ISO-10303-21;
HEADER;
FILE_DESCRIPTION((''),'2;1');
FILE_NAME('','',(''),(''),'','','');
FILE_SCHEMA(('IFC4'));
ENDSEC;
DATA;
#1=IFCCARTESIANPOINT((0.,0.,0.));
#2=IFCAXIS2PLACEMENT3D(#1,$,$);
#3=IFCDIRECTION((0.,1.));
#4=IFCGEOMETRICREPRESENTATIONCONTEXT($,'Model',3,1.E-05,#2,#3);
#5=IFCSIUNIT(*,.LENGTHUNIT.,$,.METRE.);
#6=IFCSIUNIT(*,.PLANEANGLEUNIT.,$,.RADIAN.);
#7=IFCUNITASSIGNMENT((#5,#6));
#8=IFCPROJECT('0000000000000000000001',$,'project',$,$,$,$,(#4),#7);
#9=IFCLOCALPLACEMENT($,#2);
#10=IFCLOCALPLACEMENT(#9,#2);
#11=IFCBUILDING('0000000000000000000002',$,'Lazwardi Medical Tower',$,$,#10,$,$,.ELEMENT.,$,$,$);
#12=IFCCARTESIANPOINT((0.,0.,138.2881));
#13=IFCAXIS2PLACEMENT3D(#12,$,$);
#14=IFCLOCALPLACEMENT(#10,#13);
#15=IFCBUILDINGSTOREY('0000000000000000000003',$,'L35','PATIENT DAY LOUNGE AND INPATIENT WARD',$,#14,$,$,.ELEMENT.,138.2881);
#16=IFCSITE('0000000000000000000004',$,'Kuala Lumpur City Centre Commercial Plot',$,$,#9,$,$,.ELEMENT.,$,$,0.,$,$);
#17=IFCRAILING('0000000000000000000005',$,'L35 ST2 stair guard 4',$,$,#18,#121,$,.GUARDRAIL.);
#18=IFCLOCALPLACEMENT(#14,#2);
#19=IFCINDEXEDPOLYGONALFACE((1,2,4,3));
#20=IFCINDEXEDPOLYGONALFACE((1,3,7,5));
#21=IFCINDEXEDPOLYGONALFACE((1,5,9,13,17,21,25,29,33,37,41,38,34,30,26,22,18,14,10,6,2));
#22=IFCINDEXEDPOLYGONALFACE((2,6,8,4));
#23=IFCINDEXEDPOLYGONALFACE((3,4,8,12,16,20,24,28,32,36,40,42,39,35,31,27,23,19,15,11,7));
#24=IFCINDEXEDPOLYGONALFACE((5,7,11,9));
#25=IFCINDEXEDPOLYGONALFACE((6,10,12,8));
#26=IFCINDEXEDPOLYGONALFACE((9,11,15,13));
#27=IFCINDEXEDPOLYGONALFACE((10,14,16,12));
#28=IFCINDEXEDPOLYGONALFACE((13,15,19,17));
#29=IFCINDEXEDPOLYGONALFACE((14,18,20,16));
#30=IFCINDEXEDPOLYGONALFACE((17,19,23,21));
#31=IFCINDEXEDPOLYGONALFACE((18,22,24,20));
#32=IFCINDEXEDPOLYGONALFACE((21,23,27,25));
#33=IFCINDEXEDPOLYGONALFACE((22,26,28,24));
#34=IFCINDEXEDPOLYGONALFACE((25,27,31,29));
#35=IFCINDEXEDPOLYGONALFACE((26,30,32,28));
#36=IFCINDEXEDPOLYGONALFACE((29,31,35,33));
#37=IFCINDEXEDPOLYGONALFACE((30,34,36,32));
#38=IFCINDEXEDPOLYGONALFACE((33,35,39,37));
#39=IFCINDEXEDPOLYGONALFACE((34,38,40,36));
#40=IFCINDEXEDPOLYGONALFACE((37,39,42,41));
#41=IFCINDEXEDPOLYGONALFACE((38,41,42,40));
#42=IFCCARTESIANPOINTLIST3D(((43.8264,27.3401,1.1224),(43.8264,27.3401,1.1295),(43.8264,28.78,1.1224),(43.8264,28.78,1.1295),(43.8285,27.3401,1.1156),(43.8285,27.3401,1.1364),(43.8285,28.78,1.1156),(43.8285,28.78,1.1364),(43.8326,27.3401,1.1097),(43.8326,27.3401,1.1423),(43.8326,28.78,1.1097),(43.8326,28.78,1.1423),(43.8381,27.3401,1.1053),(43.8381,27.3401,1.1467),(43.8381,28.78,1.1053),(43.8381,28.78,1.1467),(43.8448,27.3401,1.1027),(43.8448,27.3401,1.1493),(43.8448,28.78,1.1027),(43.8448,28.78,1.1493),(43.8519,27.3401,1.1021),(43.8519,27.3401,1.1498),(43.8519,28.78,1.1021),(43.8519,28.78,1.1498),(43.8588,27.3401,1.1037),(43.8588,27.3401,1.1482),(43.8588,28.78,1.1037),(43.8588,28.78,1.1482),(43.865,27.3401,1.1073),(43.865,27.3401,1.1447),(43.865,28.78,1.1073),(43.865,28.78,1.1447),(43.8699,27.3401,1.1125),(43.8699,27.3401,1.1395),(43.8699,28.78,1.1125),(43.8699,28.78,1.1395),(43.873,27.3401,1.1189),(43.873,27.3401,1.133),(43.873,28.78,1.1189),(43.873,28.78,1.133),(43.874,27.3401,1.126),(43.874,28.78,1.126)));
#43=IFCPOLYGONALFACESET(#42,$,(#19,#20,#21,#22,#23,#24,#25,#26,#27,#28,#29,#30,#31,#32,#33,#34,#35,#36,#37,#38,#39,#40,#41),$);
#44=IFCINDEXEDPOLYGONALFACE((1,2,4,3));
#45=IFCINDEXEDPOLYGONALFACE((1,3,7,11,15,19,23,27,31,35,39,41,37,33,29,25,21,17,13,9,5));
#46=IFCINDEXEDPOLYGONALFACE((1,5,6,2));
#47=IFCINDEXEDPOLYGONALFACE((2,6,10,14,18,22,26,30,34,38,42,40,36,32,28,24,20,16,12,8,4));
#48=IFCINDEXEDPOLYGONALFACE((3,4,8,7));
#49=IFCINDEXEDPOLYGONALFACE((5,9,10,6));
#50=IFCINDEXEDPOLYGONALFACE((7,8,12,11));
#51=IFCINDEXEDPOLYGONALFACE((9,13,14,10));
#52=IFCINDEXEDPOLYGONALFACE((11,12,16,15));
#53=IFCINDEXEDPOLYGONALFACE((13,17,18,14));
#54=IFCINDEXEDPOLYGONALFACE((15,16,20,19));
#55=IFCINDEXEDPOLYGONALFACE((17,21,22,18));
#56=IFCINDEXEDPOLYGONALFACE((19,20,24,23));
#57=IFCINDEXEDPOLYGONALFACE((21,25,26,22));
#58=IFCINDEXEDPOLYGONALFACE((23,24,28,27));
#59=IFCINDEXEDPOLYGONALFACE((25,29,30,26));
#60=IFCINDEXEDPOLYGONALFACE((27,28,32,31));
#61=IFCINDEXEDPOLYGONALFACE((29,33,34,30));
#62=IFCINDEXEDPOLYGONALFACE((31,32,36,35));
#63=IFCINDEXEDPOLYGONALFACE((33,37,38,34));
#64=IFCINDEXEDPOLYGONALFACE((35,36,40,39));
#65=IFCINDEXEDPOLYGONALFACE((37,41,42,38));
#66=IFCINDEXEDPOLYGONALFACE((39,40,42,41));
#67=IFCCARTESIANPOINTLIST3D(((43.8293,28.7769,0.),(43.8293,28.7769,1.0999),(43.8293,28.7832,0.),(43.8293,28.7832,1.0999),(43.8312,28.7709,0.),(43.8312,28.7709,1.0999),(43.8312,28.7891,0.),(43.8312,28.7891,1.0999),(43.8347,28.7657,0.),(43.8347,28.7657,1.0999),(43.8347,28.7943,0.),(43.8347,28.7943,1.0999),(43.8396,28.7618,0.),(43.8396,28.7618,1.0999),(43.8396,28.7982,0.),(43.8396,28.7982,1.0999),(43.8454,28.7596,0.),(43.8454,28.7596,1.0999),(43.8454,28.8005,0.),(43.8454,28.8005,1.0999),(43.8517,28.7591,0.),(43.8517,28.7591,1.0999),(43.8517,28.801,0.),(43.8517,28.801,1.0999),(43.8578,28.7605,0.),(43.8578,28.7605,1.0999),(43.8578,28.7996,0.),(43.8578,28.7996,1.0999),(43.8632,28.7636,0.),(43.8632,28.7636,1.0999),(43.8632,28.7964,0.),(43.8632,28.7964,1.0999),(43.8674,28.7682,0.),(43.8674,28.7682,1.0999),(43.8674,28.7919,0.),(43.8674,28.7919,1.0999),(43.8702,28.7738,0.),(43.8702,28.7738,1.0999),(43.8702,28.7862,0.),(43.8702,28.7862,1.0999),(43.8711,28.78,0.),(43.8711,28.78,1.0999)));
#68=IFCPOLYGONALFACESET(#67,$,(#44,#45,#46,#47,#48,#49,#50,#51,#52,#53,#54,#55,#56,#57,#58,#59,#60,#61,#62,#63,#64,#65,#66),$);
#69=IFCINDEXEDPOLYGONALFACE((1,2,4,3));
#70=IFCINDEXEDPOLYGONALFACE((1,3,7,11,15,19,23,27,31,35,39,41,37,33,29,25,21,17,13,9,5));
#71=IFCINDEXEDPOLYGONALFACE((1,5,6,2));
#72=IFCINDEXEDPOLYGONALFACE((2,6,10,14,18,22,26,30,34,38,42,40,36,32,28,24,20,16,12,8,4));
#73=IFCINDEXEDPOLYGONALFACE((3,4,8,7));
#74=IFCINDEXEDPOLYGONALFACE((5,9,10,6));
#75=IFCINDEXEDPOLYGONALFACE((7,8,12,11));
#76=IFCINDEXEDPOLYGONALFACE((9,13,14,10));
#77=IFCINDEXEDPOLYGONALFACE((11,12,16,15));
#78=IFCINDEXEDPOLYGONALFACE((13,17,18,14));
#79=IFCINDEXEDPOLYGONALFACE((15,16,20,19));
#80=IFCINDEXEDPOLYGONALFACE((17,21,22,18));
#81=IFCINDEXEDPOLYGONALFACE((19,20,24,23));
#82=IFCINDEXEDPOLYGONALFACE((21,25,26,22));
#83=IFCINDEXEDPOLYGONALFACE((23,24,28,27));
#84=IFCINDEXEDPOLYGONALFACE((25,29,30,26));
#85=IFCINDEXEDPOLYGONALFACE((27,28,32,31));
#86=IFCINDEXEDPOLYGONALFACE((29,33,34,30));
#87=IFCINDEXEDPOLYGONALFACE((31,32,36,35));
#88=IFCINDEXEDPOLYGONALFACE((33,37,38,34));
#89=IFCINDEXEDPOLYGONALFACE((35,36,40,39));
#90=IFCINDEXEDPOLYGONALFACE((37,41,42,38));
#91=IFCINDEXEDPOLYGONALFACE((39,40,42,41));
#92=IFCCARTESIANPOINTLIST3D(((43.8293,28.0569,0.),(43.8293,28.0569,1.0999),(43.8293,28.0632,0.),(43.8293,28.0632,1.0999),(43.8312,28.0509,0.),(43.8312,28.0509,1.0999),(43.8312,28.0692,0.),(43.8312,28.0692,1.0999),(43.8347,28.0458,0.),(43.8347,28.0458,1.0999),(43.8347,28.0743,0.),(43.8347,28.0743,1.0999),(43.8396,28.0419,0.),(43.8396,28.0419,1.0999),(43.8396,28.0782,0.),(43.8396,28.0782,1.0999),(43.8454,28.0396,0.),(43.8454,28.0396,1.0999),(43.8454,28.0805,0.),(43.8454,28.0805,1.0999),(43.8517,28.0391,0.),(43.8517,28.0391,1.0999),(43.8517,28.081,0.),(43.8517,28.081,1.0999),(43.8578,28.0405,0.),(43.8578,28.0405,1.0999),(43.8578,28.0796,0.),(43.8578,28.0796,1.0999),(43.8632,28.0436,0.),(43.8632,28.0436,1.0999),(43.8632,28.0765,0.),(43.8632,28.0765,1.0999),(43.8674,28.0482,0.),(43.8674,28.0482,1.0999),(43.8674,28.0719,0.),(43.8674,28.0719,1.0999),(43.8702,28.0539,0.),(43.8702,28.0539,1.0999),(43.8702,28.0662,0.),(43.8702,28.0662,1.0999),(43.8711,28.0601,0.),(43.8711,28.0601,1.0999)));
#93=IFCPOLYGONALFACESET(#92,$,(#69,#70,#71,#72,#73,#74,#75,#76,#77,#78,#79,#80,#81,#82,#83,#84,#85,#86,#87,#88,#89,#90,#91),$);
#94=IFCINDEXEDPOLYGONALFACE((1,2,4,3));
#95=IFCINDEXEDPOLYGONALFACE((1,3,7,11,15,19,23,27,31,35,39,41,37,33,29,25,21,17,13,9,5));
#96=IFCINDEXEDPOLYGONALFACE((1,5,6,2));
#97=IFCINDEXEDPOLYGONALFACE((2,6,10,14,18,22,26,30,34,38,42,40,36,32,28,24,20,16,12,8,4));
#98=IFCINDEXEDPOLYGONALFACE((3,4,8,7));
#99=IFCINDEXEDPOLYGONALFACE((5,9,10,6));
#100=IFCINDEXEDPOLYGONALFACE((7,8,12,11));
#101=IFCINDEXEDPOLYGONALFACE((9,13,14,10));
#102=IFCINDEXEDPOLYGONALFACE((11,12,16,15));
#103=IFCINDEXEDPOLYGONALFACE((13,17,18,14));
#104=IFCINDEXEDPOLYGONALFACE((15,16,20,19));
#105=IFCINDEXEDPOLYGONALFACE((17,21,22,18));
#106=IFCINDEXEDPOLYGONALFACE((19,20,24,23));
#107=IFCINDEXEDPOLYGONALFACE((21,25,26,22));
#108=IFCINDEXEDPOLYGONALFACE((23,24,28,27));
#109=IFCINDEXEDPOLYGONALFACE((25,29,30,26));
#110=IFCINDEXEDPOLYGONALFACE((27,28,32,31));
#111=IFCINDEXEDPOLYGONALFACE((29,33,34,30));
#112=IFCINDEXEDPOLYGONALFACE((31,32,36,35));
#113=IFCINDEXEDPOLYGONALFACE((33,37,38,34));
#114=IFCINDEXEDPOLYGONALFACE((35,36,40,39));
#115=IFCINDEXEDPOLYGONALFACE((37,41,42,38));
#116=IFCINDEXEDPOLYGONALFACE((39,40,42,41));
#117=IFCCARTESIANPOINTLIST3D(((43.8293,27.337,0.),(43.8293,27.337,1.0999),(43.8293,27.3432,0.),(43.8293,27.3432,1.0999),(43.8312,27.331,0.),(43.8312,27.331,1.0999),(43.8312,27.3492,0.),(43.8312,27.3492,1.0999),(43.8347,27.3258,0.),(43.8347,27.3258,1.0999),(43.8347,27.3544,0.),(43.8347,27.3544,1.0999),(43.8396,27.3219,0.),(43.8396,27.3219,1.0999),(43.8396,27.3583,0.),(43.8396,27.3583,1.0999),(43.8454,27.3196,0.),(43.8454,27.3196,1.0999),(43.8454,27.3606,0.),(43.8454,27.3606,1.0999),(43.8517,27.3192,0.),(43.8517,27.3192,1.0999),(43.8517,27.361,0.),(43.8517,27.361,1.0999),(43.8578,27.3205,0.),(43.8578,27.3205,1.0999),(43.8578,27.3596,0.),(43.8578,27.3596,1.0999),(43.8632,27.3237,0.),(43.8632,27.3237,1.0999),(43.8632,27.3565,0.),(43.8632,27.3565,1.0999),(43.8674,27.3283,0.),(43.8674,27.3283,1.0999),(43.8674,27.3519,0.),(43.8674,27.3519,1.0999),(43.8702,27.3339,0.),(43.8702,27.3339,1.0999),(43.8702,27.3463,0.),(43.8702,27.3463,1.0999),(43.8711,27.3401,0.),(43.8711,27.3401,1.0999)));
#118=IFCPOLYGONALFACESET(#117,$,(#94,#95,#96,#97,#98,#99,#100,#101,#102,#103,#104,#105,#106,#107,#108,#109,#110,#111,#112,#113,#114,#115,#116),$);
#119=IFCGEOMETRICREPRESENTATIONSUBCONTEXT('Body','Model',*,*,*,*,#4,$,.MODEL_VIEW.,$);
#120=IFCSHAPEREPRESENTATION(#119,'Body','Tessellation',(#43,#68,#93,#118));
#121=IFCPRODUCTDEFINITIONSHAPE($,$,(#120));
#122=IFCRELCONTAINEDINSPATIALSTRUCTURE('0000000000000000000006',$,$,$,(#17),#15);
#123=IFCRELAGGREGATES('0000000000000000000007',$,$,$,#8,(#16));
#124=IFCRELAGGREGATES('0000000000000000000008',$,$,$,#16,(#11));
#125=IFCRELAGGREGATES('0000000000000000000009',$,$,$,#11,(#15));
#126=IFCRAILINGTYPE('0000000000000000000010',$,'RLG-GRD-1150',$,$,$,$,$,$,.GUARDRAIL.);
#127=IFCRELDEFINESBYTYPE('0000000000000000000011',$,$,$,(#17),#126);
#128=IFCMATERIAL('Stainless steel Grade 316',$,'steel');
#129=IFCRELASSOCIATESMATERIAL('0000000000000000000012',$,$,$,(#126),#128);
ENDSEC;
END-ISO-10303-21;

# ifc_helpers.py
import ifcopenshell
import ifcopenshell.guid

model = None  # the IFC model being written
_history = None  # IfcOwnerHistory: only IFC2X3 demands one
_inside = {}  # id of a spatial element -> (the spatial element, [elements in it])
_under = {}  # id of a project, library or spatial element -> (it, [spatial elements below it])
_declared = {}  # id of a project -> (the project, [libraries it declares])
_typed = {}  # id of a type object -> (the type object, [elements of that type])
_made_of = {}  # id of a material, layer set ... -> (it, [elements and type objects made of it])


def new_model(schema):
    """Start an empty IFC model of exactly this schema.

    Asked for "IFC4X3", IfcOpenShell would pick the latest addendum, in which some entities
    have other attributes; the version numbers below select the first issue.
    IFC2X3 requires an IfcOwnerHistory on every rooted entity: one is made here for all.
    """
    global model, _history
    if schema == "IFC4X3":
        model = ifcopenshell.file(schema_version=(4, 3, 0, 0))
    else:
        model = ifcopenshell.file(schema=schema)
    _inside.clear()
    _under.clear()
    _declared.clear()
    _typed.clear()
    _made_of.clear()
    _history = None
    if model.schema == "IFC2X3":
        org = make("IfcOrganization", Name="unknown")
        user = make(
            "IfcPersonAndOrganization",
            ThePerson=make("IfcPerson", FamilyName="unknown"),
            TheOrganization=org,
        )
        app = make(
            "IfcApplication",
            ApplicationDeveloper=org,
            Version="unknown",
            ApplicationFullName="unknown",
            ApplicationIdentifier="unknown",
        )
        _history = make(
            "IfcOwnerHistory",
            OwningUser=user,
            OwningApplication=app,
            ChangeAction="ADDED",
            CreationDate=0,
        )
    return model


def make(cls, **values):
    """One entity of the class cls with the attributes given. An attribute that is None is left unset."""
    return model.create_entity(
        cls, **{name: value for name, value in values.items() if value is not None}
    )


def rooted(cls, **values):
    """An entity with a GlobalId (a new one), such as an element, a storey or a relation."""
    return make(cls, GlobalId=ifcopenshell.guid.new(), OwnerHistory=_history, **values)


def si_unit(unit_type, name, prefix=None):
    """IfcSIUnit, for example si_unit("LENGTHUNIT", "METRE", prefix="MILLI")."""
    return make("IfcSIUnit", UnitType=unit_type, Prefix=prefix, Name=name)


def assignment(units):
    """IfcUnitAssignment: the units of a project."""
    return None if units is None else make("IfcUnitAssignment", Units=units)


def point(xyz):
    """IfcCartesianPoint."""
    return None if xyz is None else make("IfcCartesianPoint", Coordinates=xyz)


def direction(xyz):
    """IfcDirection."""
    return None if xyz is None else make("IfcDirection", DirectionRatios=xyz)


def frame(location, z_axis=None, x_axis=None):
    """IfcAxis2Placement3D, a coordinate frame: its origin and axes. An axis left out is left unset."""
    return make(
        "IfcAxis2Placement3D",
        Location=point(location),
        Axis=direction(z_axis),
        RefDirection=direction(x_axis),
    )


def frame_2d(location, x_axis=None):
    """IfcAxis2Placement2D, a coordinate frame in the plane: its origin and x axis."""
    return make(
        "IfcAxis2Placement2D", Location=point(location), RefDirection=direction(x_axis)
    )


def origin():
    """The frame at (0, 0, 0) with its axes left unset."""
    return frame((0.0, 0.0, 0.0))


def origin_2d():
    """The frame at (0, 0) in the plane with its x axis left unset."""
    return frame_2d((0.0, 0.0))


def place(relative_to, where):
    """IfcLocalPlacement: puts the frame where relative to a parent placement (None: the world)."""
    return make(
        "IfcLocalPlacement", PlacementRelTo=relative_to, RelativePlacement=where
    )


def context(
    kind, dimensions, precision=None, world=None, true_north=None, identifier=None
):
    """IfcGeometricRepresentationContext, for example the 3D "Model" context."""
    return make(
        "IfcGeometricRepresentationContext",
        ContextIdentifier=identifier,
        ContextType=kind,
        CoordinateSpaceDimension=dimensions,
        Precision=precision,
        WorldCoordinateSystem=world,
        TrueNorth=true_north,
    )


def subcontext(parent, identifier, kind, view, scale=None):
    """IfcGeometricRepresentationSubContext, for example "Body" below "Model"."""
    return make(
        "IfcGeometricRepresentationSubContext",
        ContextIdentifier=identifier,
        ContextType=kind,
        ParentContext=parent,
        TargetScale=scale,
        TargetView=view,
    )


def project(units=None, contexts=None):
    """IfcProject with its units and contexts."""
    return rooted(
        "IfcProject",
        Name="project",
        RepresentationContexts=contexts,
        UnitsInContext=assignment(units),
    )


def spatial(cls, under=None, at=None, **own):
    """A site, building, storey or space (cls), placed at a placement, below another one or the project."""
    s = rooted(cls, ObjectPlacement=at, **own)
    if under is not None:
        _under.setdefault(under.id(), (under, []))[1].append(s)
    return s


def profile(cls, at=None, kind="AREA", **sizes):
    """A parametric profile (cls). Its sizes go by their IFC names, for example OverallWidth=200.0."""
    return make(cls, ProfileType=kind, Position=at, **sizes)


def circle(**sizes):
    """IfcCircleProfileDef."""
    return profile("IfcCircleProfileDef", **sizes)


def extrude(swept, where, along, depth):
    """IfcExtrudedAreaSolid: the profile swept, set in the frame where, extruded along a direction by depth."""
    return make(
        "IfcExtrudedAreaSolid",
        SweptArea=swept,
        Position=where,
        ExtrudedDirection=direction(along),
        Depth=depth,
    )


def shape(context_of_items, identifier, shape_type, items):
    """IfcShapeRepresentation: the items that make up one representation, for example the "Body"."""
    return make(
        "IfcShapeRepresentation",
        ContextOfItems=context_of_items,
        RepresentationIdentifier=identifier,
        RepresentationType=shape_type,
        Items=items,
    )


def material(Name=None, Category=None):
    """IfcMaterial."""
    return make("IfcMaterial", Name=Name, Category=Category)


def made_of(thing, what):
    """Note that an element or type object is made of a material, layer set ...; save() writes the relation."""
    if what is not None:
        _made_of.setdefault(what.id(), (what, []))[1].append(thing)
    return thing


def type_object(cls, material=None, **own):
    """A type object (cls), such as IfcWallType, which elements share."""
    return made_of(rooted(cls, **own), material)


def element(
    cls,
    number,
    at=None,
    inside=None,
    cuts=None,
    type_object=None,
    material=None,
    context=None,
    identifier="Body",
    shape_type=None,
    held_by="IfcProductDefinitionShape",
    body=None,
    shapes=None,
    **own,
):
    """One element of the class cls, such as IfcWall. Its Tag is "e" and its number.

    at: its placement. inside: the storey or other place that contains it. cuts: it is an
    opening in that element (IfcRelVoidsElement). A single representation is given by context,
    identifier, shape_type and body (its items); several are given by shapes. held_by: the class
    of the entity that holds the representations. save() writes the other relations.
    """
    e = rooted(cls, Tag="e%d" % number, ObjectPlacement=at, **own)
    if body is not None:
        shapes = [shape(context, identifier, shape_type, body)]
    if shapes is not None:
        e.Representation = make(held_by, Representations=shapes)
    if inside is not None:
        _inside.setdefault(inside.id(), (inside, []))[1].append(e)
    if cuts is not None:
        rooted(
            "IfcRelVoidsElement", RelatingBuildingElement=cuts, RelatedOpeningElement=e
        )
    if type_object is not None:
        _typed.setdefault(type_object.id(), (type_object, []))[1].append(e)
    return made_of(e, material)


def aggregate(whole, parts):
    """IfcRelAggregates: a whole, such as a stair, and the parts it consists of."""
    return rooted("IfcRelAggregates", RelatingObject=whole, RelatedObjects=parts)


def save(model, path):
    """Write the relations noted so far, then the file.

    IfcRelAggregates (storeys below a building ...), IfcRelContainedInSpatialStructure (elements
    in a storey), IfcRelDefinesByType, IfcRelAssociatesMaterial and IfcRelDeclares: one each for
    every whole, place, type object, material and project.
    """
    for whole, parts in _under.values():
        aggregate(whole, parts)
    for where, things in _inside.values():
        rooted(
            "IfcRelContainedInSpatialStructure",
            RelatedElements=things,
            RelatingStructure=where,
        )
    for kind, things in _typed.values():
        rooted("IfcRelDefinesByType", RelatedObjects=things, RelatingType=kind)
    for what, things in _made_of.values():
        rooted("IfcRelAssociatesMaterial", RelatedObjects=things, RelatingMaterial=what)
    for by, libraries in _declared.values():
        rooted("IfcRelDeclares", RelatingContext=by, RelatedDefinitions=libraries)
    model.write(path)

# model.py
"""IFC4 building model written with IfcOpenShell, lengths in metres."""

from ifc_helpers import new_model, si_unit, direction, frame, origin, origin_2d, place, context, subcontext, project, spatial, circle, extrude, material, type_object, element, save


model = new_model("IFC4")

# Units and contexts
model_context = context("Model", 3, precision=1e-05, world=origin(), true_north=direction((0.0, 1.0)))
body_context = subcontext(model_context, "Body", "Model", "MODEL_VIEW")
ifc_project = project(units=[si_unit("LENGTHUNIT", "METRE"), si_unit("PLANEANGLEUNIT", "RADIAN")], contexts=[model_context])

# Site, building, storey
site_placement = place(None, origin())
site = spatial("IfcSite", under=ifc_project, at=site_placement, Name="Kuala Lumpur City Centre Commercial Plot", CompositionType="ELEMENT", RefElevation=0.0)
building_placement = place(site_placement, origin())
building = spatial("IfcBuilding", under=site, at=building_placement, Name="Lazwardi Medical Tower", CompositionType="ELEMENT")
storey_placement = place(building_placement, frame((0.0, 0.0, 138.2881)))
storey = spatial("IfcBuildingStorey", under=building, at=storey_placement, Name="L35", Description="PATIENT DAY LOUNGE AND INPATIENT WARD", CompositionType="ELEMENT", Elevation=138.2881)

# Railing
ifc_material_1 = material(Name="Stainless steel Grade 316", Category="steel")
railing_type_1 = type_object("IfcRailingType", Name="RLG-GRD-1150", PredefinedType="GUARDRAIL", material=ifc_material_1)
railing_1_placement = place(storey_placement, frame((43.8501, 28.78, 0.0)))
element("IfcRailing", 1, at=railing_1_placement, inside=storey, type_object=railing_type_1, Name="L35 ST2 stair guard 4", PredefinedType="GUARDRAIL", context=body_context, shape_type="SweptSolid", body=[
    extrude(circle(Radius=0.0239, at=origin_2d()), frame((0.0, 0.0, 1.126), z_axis=(0.0, -1.0, 0.0), x_axis=(1.0, 0.0, 0.0)), (0.0, 0.0, 1.0), 1.4399),
    extrude(circle(Radius=0.021, at=origin_2d()), origin(), (0.0, 0.0, 1.0), 1.0999),
    extrude(circle(Radius=0.021, at=origin_2d()), frame((0.0, -0.72, 0.0)), (0.0, 0.0, 1.0), 1.0999),
    extrude(circle(Radius=0.021, at=origin_2d()), frame((0.0, -1.4399, 0.0)), (0.0, 0.0, 1.0), 1.0999),
])

save(model, "model.ifc")
